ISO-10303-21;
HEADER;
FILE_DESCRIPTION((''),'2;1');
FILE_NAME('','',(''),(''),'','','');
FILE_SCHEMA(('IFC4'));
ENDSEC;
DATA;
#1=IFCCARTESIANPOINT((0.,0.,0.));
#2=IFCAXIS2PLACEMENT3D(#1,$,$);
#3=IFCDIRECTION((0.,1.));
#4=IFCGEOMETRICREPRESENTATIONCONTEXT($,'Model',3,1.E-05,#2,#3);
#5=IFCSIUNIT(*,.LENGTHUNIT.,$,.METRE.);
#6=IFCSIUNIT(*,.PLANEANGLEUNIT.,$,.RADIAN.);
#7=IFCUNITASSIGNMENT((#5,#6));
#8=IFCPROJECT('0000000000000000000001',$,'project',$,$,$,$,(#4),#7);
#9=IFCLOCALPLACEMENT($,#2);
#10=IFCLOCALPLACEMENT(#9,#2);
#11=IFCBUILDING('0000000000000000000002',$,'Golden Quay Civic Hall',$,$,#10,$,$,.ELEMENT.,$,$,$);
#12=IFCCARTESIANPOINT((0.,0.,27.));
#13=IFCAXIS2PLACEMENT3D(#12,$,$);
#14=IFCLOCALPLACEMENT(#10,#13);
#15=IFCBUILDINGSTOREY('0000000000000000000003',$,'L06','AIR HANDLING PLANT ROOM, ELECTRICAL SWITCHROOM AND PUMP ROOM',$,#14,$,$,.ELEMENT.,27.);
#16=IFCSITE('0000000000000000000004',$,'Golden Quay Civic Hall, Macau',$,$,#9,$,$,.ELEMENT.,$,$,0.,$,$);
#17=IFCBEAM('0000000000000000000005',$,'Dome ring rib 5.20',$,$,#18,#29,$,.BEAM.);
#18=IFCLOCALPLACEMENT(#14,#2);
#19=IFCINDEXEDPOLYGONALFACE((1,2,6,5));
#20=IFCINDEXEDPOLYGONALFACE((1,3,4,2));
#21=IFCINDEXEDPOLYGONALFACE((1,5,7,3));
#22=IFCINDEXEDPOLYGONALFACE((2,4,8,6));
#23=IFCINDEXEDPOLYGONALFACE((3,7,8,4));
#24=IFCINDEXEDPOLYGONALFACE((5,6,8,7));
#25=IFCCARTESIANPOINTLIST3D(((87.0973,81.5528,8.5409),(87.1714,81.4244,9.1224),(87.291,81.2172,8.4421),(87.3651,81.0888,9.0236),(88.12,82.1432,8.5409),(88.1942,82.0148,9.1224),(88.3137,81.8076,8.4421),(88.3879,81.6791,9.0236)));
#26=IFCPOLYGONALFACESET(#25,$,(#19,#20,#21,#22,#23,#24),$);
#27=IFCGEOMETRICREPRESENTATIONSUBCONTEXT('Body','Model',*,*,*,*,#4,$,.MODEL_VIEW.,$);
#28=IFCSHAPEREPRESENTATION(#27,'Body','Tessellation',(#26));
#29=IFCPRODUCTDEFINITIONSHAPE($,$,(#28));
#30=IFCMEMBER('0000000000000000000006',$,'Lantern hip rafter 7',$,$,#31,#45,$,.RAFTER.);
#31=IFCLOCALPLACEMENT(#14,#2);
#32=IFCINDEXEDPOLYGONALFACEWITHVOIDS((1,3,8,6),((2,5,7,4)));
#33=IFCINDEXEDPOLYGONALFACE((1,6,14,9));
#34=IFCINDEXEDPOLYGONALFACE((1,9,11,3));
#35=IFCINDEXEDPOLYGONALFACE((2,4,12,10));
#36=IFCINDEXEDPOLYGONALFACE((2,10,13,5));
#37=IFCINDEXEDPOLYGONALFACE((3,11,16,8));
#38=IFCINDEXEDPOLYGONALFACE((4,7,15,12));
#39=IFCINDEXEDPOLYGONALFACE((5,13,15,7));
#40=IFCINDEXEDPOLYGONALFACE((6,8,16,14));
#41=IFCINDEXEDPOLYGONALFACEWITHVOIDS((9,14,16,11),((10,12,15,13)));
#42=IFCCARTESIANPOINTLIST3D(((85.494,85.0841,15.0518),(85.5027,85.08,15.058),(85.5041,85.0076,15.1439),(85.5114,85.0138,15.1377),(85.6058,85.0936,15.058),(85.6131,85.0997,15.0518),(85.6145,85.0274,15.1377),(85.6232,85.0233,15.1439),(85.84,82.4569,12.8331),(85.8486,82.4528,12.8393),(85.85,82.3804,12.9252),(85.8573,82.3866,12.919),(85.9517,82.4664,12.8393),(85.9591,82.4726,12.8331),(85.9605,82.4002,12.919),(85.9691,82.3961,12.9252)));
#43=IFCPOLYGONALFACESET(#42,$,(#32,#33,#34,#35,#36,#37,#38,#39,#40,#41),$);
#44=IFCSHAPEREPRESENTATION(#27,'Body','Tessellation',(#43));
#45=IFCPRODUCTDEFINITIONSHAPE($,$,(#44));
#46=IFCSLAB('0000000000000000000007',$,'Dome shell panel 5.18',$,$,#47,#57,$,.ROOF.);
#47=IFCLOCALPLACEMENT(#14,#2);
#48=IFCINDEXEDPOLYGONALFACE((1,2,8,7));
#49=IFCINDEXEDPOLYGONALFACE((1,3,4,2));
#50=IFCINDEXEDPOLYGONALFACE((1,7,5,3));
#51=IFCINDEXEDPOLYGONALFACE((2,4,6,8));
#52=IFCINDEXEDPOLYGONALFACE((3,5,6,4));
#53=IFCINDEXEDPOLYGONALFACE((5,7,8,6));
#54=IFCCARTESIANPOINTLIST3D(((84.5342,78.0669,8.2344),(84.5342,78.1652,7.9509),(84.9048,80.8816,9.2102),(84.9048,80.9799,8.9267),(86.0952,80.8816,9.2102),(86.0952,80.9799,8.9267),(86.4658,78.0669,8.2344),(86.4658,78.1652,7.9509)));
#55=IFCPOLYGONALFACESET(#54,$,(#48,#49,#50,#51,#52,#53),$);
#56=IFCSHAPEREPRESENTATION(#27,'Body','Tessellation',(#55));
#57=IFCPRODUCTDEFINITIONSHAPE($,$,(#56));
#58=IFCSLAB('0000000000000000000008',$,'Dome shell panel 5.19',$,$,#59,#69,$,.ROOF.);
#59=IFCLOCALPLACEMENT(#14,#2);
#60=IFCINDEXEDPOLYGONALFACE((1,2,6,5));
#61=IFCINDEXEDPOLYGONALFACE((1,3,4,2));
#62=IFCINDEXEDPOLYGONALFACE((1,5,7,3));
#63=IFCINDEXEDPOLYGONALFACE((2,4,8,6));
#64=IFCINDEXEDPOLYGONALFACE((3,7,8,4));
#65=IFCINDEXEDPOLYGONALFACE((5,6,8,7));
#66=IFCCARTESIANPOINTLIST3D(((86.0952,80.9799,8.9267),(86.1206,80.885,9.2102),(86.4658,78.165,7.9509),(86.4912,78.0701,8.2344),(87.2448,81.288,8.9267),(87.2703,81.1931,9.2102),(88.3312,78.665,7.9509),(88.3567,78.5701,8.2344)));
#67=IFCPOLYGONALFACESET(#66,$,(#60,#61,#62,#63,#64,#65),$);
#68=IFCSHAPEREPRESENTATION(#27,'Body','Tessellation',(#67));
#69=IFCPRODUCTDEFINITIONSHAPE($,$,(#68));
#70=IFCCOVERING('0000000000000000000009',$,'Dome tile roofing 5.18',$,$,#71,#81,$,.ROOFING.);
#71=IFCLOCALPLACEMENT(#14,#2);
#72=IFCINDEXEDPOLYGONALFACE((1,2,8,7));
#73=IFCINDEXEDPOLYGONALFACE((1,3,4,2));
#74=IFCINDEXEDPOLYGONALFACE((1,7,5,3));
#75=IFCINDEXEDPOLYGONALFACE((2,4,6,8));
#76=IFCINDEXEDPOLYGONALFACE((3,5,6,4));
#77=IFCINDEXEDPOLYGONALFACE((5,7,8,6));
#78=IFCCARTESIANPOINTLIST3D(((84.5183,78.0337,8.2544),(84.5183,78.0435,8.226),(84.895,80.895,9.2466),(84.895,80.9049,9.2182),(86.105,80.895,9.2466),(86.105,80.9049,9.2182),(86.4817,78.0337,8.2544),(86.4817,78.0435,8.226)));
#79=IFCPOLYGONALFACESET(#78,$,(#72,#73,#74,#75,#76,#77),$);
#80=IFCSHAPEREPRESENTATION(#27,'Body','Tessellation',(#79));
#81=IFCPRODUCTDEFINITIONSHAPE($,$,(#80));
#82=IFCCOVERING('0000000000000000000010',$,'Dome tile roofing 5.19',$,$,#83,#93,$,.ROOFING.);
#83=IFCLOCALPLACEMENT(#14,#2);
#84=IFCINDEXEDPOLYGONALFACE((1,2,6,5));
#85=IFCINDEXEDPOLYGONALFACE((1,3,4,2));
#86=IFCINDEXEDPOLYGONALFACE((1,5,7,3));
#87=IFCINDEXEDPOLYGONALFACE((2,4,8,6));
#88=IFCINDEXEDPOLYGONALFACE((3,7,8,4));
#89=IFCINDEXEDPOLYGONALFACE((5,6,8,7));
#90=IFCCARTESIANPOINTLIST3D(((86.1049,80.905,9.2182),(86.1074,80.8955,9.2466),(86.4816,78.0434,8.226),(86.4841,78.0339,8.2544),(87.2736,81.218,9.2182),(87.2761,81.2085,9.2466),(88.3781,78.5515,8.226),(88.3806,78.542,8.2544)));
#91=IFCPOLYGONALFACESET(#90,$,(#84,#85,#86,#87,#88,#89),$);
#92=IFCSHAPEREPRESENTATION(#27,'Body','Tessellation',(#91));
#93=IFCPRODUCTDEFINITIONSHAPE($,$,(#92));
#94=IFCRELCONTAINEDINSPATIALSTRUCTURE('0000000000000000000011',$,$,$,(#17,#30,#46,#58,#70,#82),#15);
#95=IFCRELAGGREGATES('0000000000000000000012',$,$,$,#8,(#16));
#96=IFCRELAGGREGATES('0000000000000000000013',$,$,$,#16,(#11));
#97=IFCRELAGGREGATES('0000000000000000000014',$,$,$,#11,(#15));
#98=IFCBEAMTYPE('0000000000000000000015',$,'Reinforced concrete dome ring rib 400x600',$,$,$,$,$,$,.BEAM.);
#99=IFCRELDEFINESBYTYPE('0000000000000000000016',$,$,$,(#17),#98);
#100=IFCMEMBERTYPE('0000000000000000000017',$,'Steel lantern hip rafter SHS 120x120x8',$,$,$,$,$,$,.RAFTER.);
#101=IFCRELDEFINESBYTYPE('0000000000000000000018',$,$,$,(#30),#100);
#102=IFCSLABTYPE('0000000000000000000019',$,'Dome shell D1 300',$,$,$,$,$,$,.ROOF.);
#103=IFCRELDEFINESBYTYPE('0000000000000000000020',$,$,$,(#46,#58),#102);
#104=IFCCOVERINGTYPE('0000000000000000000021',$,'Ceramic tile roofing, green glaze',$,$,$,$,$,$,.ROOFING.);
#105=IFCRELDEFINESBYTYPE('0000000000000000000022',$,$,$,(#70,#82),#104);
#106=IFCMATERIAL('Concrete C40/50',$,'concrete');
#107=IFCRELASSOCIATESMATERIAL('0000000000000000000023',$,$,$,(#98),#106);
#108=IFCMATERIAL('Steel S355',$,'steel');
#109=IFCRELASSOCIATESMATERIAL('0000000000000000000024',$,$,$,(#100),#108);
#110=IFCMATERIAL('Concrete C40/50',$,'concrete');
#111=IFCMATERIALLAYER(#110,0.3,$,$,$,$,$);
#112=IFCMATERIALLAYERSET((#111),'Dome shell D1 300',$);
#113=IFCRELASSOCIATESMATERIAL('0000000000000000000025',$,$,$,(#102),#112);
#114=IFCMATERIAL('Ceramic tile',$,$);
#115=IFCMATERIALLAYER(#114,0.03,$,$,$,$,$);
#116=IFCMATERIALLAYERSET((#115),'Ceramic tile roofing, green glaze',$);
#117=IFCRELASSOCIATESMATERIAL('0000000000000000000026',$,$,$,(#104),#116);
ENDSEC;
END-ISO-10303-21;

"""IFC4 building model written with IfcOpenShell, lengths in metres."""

from ifc_helpers import new_model, si_unit, direction, frame, origin, origin_2d, place, context, subcontext, project, spatial, polyline, rectangle, hollow_rectangle, outline, extrude, material, layer, layer_set, material_profile, profile_set, type_object, element, save


model = new_model("IFC4")

# Units and contexts
model_context = context("Model", 3, precision=1e-05, world=origin(), true_north=direction((0.0, 1.0)))
body_context = subcontext(model_context, "Body", "Model", "MODEL_VIEW")
ifc_project = project(units=[si_unit("LENGTHUNIT", "METRE"), si_unit("PLANEANGLEUNIT", "RADIAN")], contexts=[model_context])

# Site, building, storey
site_placement = place(None, origin())
site = spatial("IfcSite", under=ifc_project, at=site_placement, Name="Golden Quay Civic Hall, Macau", CompositionType="ELEMENT", RefElevation=0.0)
building_placement = place(site_placement, origin())
building = spatial("IfcBuilding", under=site, at=building_placement, Name="Golden Quay Civic Hall", CompositionType="ELEMENT")
storey_placement = place(building_placement, frame((0.0, 0.0, 27.0)))
storey = spatial("IfcBuildingStorey", under=building, at=storey_placement, Name="L06", Description="AIR HANDLING PLANT ROOM, ELECTRICAL SWITCHROOM AND PUMP ROOM", CompositionType="ELEMENT", Elevation=27.0)

# Beam
ifc_material_1 = material(Name="Concrete C40/50", Category="concrete")
ifc_material_profile_1 = material_profile(ifc_material_1, rectangle(XDim=0.3999, YDim=0.6001, at=origin_2d()), Name="RC 400x600")
ifc_profile_set_1 = profile_set([ifc_material_profile_1], Name="Concrete C40/50")
beam_type_1 = type_object("IfcBeamType", Name="Reinforced concrete dome ring rib 400x600", PredefinedType="BEAM", material=ifc_profile_set_1)
beam_1_placement = place(storey_placement, frame((87.2312, 81.3208, 8.7822), z_axis=(0.866072, 0.499919, 0.0), x_axis=(-0.484418, 0.839216, 0.247094)))
element("IfcBeam", 1, at=beam_1_placement, inside=storey, type_object=beam_type_1, Name="Dome ring rib 5.20", PredefinedType="BEAM", context=body_context, shape_type="SweptSolid", body=[
    extrude(rectangle(XDim=0.3999, YDim=0.6001, at=origin_2d()), origin(), (0.0, 0.0, 1.0), 1.1809),
])

# Member
ifc_material_2 = material(Name="Steel S355", Category="steel")
ifc_material_profile_2 = material_profile(ifc_material_2, hollow_rectangle(XDim=0.1201, YDim=0.1201, WallThickness=0.0081, at=origin_2d()), Name="SHS 120x120x8")
ifc_profile_set_2 = profile_set([ifc_material_profile_2], Name="Steel S355")
member_type_1 = type_object("IfcMemberType", Name="Steel lantern hip rafter SHS 120x120x8", PredefinedType="RAFTER", material=ifc_profile_set_2)
member_1_placement = place(storey_placement, frame((85.9045, 82.4265, 12.8792), z_axis=(-0.100097, 0.76016, 0.641979), x_axis=(-0.991441, -0.130552, 0.0)))
element("IfcMember", 2, at=member_1_placement, inside=storey, type_object=member_type_1, Name="Lantern hip rafter 7", PredefinedType="RAFTER", context=body_context, shape_type="SweptSolid", body=[
    extrude(hollow_rectangle(XDim=0.1201, YDim=0.1201, WallThickness=0.0081, at=origin_2d()), origin(), (0.0, 0.0, 1.0), 3.4561),
])

# Slabs
ifc_material_3 = material(Name="Concrete C40/50", Category="concrete")
ifc_layer_1 = layer(ifc_material_3, 0.3)
ifc_layer_set_1 = layer_set([ifc_layer_1], Name="Dome shell D1 300")
slab_type = type_object("IfcSlabType", Name="Dome shell D1 300", PredefinedType="ROOF", material=ifc_layer_set_1)
slab_1_placement = place(storey_placement, frame((84.5342, 78.0669, 8.2344), z_axis=(0.0, -0.327564, 0.944829), x_axis=(1.0, 0.0, 0.0)))
element("IfcSlab", 3, at=slab_1_placement, inside=storey, type_object=slab_type, Name="Dome shell panel 5.18", PredefinedType="ROOF", context=body_context, shape_type="SweptSolid", body=[
    extrude(outline(polyline([(0.0, 0.0), (1.9316, 0.0), (1.561, 2.9791), (0.3706, 2.9791), (0.0, 0.0)])), origin(), (0.0, 0.0, -1.0), 0.3),
])
slab_2_placement = place(storey_placement, frame((86.4912, 78.0701, 8.2344), z_axis=(0.084794, -0.316377, 0.944836), x_axis=(0.965907, 0.258889, 0.000003)))
element("IfcSlab", 4, at=slab_2_placement, inside=storey, type_object=slab_type, Name="Dome shell panel 5.19", PredefinedType="ROOF", context=body_context, shape_type="SweptSolid", body=[
    extrude(outline(polyline([(0.0, 0.0), (1.9313, 0.0), (1.561, 2.9792), (0.3708, 2.9793), (0.0, 0.0)])), origin(), (0.0, 0.0, -1.0), 0.3),
])

# Coverings
ifc_material_4 = material(Name="Ceramic tile")
ifc_layer_2 = layer(ifc_material_4, 0.03)
ifc_layer_set_2 = layer_set([ifc_layer_2], Name="Ceramic tile roofing, green glaze")
covering_type = type_object("IfcCoveringType", Name="Ceramic tile roofing, green glaze", PredefinedType="ROOFING", material=ifc_layer_set_2)
covering_1_placement = place(storey_placement, frame((84.5183, 78.0337, 8.2544), z_axis=(0.0, -0.32762, 0.94481), x_axis=(1.0, 0.0, 0.0)))
element("IfcCovering", 5, at=covering_1_placement, inside=storey, type_object=covering_type, Name="Dome tile roofing 5.18", PredefinedType="ROOFING", context=body_context, shape_type="SweptSolid", body=[
    extrude(outline(polyline([(0.0, 0.0), (1.9634, 0.0), (1.5867, 3.0285), (0.3767, 3.0285), (0.0, 0.0)])), origin(), (0.0, 0.0, -1.0), 0.03),
])
covering_2_placement = place(storey_placement, frame((86.4841, 78.0339, 8.2544), z_axis=(0.084763, -0.316443, 0.944817), x_axis=(0.96594, 0.258766, 0.000009)))
element("IfcCovering", 6, at=covering_2_placement, inside=storey, type_object=covering_type, Name="Dome tile roofing 5.19", PredefinedType="ROOFING", context=body_context, shape_type="SweptSolid", body=[
    extrude(outline(polyline([(0.0, 0.0), (1.9634, 0.0), (1.5865, 3.0286), (0.3766, 3.0287), (0.0, 0.0)])), origin(), (0.0, 0.0, -1.0), 0.03),
])

save(model, "model.ifc")
